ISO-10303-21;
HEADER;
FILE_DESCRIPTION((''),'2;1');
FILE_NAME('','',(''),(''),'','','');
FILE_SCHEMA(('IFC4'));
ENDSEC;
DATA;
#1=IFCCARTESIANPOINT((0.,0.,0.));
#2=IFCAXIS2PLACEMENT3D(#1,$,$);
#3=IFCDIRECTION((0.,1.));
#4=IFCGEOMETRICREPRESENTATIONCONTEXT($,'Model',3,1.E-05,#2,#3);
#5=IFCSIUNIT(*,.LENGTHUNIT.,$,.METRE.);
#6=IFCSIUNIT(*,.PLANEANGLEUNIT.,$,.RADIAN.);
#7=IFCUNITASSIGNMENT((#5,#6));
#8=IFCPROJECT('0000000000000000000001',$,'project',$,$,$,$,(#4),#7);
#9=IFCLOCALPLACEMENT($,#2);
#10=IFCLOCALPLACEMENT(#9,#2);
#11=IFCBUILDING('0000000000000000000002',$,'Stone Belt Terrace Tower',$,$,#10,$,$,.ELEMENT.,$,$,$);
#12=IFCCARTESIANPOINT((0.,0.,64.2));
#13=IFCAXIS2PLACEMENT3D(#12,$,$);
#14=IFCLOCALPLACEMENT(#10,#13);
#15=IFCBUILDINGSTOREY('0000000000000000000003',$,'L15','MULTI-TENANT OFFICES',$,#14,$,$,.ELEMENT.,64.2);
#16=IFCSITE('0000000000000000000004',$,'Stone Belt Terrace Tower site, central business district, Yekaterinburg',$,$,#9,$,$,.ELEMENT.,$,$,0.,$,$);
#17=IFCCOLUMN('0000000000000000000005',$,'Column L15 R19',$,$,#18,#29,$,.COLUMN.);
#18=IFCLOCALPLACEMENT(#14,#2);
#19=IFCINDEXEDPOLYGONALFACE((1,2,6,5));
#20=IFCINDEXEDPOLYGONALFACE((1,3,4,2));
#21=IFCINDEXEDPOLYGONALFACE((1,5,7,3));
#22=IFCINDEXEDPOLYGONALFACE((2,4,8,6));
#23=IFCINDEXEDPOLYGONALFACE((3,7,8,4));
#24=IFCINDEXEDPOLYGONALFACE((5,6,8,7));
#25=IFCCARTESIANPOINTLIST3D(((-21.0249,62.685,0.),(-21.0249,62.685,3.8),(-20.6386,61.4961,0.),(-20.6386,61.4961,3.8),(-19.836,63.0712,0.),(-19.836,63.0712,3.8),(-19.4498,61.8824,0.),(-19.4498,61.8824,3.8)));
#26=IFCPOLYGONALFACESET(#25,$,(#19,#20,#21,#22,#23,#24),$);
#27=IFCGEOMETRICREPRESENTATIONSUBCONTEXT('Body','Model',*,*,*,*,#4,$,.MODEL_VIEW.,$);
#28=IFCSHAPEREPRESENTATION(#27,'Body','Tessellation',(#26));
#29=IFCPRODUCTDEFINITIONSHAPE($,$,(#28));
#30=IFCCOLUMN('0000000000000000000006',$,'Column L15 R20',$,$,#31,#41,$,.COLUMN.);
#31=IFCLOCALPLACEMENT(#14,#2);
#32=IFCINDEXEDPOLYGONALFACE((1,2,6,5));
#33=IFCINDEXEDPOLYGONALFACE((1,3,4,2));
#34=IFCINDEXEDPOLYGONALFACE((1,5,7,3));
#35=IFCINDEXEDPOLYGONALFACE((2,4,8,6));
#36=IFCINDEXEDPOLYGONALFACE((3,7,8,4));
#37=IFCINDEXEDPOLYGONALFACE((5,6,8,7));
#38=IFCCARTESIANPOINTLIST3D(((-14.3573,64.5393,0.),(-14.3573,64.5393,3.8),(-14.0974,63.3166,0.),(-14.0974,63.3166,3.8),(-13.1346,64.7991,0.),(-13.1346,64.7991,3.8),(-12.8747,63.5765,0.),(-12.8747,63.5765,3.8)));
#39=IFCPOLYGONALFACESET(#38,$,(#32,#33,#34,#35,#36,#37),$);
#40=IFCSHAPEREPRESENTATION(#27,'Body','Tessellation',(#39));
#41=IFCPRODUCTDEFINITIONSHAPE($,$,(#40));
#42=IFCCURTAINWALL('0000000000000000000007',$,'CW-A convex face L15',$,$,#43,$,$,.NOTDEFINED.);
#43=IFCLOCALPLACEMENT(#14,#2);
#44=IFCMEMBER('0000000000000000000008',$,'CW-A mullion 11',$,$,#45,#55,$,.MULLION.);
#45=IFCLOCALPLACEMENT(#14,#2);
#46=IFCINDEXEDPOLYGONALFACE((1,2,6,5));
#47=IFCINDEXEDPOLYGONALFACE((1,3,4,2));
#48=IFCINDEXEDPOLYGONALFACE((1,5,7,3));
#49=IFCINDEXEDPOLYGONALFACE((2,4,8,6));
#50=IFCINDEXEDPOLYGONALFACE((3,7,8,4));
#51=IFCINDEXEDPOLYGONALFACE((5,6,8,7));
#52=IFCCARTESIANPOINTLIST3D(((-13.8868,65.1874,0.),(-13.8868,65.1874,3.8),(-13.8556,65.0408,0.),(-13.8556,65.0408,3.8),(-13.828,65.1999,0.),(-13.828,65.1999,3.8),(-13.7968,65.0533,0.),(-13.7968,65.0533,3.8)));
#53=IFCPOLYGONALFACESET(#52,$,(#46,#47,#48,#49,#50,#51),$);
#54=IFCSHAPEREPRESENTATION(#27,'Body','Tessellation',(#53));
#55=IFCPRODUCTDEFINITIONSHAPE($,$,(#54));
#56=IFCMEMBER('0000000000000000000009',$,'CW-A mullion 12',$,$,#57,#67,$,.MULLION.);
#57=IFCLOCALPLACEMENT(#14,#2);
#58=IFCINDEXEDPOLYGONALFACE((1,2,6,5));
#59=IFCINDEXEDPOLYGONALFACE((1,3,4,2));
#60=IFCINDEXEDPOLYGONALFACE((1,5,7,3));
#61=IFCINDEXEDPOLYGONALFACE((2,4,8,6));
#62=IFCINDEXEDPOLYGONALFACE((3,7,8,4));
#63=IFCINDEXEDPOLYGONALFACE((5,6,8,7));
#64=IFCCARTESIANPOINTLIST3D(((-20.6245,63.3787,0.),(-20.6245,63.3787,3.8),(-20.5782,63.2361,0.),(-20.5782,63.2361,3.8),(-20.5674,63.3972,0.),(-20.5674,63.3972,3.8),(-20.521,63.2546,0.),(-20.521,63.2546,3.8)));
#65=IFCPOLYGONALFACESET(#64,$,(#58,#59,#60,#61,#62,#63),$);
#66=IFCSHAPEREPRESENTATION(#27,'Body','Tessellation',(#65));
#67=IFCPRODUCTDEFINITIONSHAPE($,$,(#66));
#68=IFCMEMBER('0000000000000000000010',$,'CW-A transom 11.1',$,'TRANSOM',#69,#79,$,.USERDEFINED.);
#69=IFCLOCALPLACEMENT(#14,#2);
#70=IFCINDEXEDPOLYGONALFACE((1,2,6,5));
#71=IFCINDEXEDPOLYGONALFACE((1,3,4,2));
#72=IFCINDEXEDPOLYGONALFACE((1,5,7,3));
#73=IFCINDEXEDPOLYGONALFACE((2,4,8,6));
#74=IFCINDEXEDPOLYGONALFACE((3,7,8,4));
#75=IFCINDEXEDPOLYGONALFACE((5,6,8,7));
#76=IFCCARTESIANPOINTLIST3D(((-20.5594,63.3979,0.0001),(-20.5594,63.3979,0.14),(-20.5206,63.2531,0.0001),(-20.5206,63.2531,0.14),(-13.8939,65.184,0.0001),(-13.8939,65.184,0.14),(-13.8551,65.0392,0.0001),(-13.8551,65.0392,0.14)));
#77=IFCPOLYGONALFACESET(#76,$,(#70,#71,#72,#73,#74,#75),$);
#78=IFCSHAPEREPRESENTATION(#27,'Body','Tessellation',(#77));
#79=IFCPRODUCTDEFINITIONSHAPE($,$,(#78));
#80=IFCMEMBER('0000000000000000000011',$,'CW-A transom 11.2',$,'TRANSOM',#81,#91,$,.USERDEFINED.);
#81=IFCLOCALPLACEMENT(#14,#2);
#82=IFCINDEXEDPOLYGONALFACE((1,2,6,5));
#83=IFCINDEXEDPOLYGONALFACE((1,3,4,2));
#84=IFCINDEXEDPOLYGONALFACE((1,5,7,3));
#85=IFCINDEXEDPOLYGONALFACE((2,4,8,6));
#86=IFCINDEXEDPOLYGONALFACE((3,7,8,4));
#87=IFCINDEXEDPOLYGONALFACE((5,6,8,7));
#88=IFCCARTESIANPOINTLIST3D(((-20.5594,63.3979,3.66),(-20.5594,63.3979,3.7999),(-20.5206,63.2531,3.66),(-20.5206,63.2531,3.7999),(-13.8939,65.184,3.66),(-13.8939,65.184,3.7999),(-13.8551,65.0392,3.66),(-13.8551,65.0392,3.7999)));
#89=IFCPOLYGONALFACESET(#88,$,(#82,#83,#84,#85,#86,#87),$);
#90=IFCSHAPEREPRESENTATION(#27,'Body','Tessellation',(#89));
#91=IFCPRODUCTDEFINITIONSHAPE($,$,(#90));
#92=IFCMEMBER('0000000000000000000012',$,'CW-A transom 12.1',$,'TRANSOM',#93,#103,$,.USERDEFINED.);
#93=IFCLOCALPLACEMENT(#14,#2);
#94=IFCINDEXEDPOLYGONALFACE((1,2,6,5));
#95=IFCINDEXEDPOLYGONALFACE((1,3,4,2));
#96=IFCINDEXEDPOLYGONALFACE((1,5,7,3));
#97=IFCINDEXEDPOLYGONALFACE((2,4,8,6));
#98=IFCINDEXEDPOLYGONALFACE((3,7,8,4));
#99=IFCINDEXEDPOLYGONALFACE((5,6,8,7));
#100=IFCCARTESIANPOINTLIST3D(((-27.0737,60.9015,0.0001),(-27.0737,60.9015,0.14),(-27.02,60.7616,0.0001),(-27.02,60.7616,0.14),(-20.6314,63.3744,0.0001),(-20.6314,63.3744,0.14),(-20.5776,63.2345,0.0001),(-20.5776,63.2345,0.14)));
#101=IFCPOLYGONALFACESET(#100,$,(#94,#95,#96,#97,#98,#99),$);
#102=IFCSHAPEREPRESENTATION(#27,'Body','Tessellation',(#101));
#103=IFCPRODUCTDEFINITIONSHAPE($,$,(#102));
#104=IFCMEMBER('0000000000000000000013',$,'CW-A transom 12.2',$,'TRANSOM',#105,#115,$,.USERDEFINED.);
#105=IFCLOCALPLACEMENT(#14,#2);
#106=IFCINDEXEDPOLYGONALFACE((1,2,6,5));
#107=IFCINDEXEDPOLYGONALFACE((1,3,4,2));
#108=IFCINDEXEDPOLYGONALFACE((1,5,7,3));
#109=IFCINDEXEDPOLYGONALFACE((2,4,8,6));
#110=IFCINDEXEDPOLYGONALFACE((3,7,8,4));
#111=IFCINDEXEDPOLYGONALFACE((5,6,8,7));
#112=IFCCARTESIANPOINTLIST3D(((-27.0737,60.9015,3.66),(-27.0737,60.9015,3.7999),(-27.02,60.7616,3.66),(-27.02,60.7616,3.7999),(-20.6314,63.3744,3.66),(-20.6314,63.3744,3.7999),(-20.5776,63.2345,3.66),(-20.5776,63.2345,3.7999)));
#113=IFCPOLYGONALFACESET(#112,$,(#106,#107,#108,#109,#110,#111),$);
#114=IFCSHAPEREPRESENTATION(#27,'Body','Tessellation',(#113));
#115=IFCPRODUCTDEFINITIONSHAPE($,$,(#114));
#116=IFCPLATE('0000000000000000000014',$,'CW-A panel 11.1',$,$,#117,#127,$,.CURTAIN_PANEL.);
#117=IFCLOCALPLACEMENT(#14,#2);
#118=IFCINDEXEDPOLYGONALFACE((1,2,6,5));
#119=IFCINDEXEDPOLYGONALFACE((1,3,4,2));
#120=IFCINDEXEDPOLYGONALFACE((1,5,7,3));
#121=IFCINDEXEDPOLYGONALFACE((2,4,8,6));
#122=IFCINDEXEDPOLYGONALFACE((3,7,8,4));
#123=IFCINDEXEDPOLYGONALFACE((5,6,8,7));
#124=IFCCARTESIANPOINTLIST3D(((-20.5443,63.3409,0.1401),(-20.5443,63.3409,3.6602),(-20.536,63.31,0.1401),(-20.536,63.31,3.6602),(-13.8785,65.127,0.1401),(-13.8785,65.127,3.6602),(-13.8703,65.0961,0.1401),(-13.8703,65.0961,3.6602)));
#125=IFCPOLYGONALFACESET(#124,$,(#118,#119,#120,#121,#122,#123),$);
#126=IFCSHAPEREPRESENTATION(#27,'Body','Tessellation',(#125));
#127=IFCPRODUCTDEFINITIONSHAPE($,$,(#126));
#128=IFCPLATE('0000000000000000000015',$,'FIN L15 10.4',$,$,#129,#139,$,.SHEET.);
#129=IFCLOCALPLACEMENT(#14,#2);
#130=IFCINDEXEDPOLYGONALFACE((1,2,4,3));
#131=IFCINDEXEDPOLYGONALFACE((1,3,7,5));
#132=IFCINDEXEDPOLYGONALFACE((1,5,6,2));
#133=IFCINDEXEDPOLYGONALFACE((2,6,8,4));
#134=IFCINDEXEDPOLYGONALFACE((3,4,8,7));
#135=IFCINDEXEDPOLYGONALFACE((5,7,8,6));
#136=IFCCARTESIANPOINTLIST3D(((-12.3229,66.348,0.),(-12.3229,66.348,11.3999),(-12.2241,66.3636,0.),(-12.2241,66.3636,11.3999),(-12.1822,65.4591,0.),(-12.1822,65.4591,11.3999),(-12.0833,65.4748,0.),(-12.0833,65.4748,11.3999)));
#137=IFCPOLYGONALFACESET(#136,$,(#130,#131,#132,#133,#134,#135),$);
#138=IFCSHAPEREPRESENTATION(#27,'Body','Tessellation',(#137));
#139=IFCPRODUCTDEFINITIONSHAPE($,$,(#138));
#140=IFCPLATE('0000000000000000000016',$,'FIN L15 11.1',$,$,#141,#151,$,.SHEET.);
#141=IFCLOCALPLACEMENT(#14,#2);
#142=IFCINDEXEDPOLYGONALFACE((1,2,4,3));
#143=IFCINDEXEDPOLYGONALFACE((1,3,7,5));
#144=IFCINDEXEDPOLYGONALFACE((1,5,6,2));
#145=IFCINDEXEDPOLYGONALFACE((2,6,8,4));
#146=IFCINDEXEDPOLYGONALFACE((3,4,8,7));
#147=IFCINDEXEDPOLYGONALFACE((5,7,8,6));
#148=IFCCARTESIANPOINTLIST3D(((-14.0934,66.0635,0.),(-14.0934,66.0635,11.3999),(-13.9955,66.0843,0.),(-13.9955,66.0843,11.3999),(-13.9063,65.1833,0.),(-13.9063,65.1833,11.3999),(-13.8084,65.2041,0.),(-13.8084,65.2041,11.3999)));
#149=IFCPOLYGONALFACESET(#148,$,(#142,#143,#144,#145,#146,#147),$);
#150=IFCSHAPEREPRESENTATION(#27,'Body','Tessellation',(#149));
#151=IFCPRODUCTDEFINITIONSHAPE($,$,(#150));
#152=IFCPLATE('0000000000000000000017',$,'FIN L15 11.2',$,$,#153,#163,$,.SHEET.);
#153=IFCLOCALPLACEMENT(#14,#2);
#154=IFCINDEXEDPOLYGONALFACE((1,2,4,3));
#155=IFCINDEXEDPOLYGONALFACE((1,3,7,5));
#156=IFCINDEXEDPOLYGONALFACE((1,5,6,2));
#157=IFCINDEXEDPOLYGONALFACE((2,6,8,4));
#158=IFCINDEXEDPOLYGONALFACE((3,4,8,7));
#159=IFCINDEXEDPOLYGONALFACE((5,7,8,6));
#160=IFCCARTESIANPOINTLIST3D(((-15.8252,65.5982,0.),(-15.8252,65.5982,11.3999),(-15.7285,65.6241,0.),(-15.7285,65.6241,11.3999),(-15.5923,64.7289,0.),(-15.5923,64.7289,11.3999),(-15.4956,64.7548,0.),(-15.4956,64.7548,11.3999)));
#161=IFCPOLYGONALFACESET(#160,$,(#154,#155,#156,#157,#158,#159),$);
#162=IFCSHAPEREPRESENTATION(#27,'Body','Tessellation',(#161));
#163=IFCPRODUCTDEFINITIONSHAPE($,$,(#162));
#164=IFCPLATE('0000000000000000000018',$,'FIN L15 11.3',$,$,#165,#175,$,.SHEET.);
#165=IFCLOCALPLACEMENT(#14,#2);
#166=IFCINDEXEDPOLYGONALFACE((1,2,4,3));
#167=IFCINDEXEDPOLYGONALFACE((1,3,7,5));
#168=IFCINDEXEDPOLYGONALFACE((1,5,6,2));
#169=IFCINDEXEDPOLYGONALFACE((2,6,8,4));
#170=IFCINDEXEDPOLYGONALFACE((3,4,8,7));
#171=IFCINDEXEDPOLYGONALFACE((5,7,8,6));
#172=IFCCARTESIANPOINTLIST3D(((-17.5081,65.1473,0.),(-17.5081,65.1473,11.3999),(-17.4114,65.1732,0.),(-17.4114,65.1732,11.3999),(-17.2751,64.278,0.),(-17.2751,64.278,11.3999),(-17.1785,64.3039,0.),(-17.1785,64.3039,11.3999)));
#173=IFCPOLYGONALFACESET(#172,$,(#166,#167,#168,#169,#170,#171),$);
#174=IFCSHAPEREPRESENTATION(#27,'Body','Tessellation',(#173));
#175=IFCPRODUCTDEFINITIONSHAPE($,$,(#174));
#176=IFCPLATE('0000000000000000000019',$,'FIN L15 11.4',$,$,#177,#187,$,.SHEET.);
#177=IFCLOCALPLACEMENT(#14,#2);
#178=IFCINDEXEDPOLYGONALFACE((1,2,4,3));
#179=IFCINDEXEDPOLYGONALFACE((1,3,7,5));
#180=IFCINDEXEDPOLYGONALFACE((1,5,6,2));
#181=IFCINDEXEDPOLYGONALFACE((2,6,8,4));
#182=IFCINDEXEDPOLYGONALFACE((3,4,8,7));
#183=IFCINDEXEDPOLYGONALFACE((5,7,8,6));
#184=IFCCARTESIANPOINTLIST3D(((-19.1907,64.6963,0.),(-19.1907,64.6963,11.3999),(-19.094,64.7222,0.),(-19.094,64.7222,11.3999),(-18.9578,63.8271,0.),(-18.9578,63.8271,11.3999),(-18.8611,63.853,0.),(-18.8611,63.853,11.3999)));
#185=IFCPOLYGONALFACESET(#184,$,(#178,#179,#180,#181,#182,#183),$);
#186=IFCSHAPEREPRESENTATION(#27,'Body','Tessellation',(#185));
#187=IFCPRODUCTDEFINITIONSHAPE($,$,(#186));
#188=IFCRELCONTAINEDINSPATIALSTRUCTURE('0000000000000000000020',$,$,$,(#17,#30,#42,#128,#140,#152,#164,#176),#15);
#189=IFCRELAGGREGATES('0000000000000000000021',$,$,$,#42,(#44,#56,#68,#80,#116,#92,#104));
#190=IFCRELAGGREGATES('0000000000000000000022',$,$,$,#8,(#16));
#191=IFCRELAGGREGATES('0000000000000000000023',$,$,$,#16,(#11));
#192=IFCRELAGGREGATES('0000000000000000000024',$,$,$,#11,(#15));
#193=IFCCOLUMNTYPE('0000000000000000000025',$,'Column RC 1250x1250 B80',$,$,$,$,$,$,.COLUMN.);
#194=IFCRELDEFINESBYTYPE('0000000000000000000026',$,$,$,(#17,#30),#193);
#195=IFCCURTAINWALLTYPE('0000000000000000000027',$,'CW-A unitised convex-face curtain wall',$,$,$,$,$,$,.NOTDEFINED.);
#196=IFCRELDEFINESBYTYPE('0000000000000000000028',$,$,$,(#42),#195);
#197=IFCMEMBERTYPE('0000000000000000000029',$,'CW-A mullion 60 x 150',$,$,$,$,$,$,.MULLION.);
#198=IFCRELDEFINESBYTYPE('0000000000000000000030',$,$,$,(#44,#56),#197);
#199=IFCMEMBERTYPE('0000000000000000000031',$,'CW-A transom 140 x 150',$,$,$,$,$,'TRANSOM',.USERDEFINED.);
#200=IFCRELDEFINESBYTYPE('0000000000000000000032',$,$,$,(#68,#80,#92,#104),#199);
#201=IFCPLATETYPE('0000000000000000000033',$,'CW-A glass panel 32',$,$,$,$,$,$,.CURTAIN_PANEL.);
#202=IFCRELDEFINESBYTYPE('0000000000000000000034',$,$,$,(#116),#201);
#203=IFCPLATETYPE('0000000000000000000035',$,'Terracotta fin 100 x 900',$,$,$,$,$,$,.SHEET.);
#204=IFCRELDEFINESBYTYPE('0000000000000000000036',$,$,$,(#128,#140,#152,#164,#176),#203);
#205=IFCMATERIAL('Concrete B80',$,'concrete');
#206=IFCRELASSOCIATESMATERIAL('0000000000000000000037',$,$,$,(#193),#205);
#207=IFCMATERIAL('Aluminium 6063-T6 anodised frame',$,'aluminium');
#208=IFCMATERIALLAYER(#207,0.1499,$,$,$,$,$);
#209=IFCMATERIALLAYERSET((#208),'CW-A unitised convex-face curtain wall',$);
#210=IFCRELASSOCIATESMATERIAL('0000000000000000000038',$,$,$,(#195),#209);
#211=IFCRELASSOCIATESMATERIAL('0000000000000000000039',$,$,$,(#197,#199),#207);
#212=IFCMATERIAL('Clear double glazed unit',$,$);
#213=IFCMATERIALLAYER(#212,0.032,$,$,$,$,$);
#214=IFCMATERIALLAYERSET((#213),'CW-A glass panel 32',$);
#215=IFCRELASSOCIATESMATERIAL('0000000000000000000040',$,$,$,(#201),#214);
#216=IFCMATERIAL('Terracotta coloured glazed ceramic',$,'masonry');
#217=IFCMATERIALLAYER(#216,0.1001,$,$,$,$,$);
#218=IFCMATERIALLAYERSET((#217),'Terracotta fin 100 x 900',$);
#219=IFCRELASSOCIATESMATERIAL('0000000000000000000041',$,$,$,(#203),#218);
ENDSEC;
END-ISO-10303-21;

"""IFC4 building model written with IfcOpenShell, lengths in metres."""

from ifc_helpers import new_model, si_unit, direction, frame, origin, origin_2d, place, context, subcontext, project, spatial, rectangle, extrude, material, layer, layer_set, material_profile, profile_set, type_object, element, aggregate, save


model = new_model("IFC4")

# Units and contexts
model_context = context("Model", 3, precision=1e-05, world=origin(), true_north=direction((0.0, 1.0)))
body_context = subcontext(model_context, "Body", "Model", "MODEL_VIEW")
ifc_project = project(units=[si_unit("LENGTHUNIT", "METRE"), si_unit("PLANEANGLEUNIT", "RADIAN")], contexts=[model_context])

# Site, building, storey
site_placement = place(None, origin())
site = spatial("IfcSite", under=ifc_project, at=site_placement, Name="Stone Belt Terrace Tower site, central business district, Yekaterinburg", CompositionType="ELEMENT", RefElevation=0.0)
building_placement = place(site_placement, origin())
building = spatial("IfcBuilding", under=site, at=building_placement, Name="Stone Belt Terrace Tower", CompositionType="ELEMENT")
storey_placement = place(building_placement, frame((0.0, 0.0, 64.2)))
storey = spatial("IfcBuildingStorey", under=building, at=storey_placement, Name="L15", Description="MULTI-TENANT OFFICES", CompositionType="ELEMENT", Elevation=64.2)

# Columns
ifc_material_1 = material(Name="Concrete B80", Category="concrete")
ifc_material_profile_1 = material_profile(ifc_material_1, rectangle(XDim=1.25, YDim=1.25, at=origin_2d()), Name="RC 1250x1250")
ifc_profile_set_1 = profile_set([ifc_material_profile_1], Name="Concrete B80")
column_type = type_object("IfcColumnType", Name="Column RC 1250x1250 B80", PredefinedType="COLUMN", material=ifc_profile_set_1)
for number, where, z_axis, x_axis, name in (
    (1, (-20.2373, 62.2837, 0.0), (0.0, 0.0, 1.0), (0.951057, 0.309017, 0.0), "Column L15 R19"),
    (2, (-13.616, 64.0579, 0.0), (0.0, 0.0, 1.0), (0.978148, 0.207912, 0.0), "Column L15 R20"),
):
    element("IfcColumn", number, at=place(storey_placement, frame(where, z_axis=z_axis, x_axis=x_axis)), inside=storey, type_object=column_type, Name=name, PredefinedType="COLUMN", context=body_context, shape_type="SweptSolid", body=[
        extrude(rectangle(XDim=1.25, YDim=1.25, at=origin_2d()), origin(), (0.0, 0.0, 1.0), 3.8),
    ])

# Curtain wall, members, plate
ifc_material_2 = material(Name="Aluminium 6063-T6 anodised frame", Category="aluminium")
ifc_layer_1 = layer(ifc_material_2, 0.1499)
ifc_layer_set_1 = layer_set([ifc_layer_1], Name="CW-A unitised convex-face curtain wall")
curtain_wall_type = type_object("IfcCurtainWallType", Name="CW-A unitised convex-face curtain wall", PredefinedType="NOTDEFINED", material=ifc_layer_set_1)
curtain_wall_placement = place(storey_placement, origin())
curtain_wall = element("IfcCurtainWall", 3, at=curtain_wall_placement, inside=storey, type_object=curtain_wall_type, Name="CW-A convex face L15", PredefinedType="NOTDEFINED")
ifc_material_profile_2 = material_profile(ifc_material_2, rectangle(XDim=0.1499, YDim=0.0601, at=origin_2d()), Name="Aluminium 6063-T6 60x150")
ifc_profile_set_2 = profile_set([ifc_material_profile_2], Name="Aluminium 6063-T6 anodised frame")
member_type_1 = type_object("IfcMemberType", Name="CW-A mullion 60 x 150", PredefinedType="MULLION", material=ifc_profile_set_2)
member_1_placement = place(storey_placement, frame((-13.8418, 65.1204, 0.0), z_axis=(0.0, 0.0, 1.0), x_axis=(0.207912, -0.978148, 0.0)))
member_1 = element("IfcMember", 4, at=member_1_placement, type_object=member_type_1, Name="CW-A mullion 11", PredefinedType="MULLION", context=body_context, shape_type="SweptSolid", body=[
    extrude(rectangle(XDim=0.1499, YDim=0.0601, at=origin_2d()), origin(), (0.0, 0.0, 1.0), 3.8),
])
member_2_placement = place(storey_placement, frame((-20.5728, 63.3167, 0.0), z_axis=(0.0, 0.0, 1.0), x_axis=(0.309017, -0.951057, 0.0)))
member_2 = element("IfcMember", 5, at=member_2_placement, type_object=member_type_1, Name="CW-A mullion 12", PredefinedType="MULLION", context=body_context, shape_type="SweptSolid", body=[
    extrude(rectangle(XDim=0.1499, YDim=0.0601, at=origin_2d()), origin(), (0.0, 0.0, 1.0), 3.8),
])
ifc_material_profile_3 = material_profile(ifc_material_2, rectangle(XDim=0.1499, YDim=0.1399, at=origin_2d()), Name="Aluminium 6063-T6 150x140")
ifc_profile_set_3 = profile_set([ifc_material_profile_3], Name="Aluminium 6063-T6 anodised frame")
member_type_2 = type_object("IfcMemberType", Name="CW-A transom 140 x 150", ElementType="TRANSOM", PredefinedType="USERDEFINED", material=ifc_profile_set_3)
member_3_placement = place(storey_placement, frame((-13.8745, 65.1116, 0.0701), z_axis=(-0.965922, -0.258834, 0.0), x_axis=(0.258834, -0.965922, 0.0)))
member_3 = element("IfcMember", 6, at=member_3_placement, type_object=member_type_2, Name="CW-A transom 11.1", ObjectType="TRANSOM", PredefinedType="USERDEFINED", context=body_context, shape_type="SweptSolid", body=[
    extrude(rectangle(XDim=0.1499, YDim=0.1399, at=origin_2d()), origin(), (0.0, 0.0, 1.0), 6.9006),
])
member_4_placement = place(storey_placement, frame((-13.8745, 65.1116, 3.73), z_axis=(-0.965922, -0.258834, 0.0), x_axis=(0.258834, -0.965922, 0.0)))
member_4 = element("IfcMember", 7, at=member_4_placement, type_object=member_type_2, Name="CW-A transom 11.2", ObjectType="TRANSOM", PredefinedType="USERDEFINED", context=body_context, shape_type="SweptSolid", body=[
    extrude(rectangle(XDim=0.1499, YDim=0.1399, at=origin_2d()), origin(), (0.0, 0.0, 1.0), 6.9006),
])
member_5_placement = place(storey_placement, frame((-20.6045, 63.3044, 0.0701), z_axis=(-0.933585, -0.358355, 0.0), x_axis=(0.358355, -0.933585, 0.0)))
member_5 = element("IfcMember", 8, at=member_5_placement, type_object=member_type_2, Name="CW-A transom 12.1", ObjectType="TRANSOM", PredefinedType="USERDEFINED", context=body_context, shape_type="SweptSolid", body=[
    extrude(rectangle(XDim=0.1499, YDim=0.1399, at=origin_2d()), origin(), (0.0, 0.0, 1.0), 6.9006),
])
member_6_placement = place(storey_placement, frame((-20.6045, 63.3044, 3.73), z_axis=(-0.933585, -0.358355, 0.0), x_axis=(0.358355, -0.933585, 0.0)))
member_6 = element("IfcMember", 9, at=member_6_placement, type_object=member_type_2, Name="CW-A transom 12.2", ObjectType="TRANSOM", PredefinedType="USERDEFINED", context=body_context, shape_type="SweptSolid", body=[
    extrude(rectangle(XDim=0.1499, YDim=0.1399, at=origin_2d()), origin(), (0.0, 0.0, 1.0), 6.9006),
])
ifc_material_3 = material(Name="Clear double glazed unit")
ifc_layer_2 = layer(ifc_material_3, 0.032)
ifc_layer_set_2 = layer_set([ifc_layer_2], Name="CW-A glass panel 32")
plate_type_1 = type_object("IfcPlateType", Name="CW-A glass panel 32", PredefinedType="CURTAIN_PANEL", material=ifc_layer_set_2)
plate_placement = place(storey_placement, frame((-17.2073, 64.2185, 0.1401), z_axis=(0.0, 0.0, 1.0), x_axis=(-0.965926, -0.258819, 0.0)))
plate = element("IfcPlate", 10, at=plate_placement, type_object=plate_type_1, Name="CW-A panel 11.1", PredefinedType="CURTAIN_PANEL", context=body_context, shape_type="SweptSolid", body=[
    extrude(rectangle(XDim=6.9009, YDim=0.032, at=origin_2d()), origin(), (0.0, 0.0, 1.0), 3.52),
])
aggregate(curtain_wall, [member_1, member_2, member_3, member_4, plate, member_5, member_6])

# Plates
ifc_material_4 = material(Name="Terracotta coloured glazed ceramic", Category="masonry")
ifc_layer_3 = layer(ifc_material_4, 0.1001)
ifc_layer_set_3 = layer_set([ifc_layer_3], Name="Terracotta fin 100 x 900")
plate_type_2 = type_object("IfcPlateType", Name="Terracotta fin 100 x 900", PredefinedType="SHEET", material=ifc_layer_set_3)
for number, where, z_axis, x_axis, name in (
    (11, (-12.2031, 65.9114, 0.0), (0.0, 0.0, 1.0), (-0.156434, 0.987688, 0.0), "FIN L15 10.4"),
    (12, (-13.9509, 65.6338, 0.0), (0.0, 0.0, 1.0), (-0.207912, 0.978148, 0.0), "FIN L15 11.1"),
    (13, (-15.6604, 65.1765, 0.0), (0.0, 0.0, 1.0), (-0.258819, 0.965926, 0.0), "FIN L15 11.2"),
    (14, (-17.3433, 64.7256, 0.0), (0.0, 0.0, 1.0), (-0.258819, 0.965926, 0.0), "FIN L15 11.3"),
    (15, (-19.0259, 64.2747, 0.0), (0.0, 0.0, 1.0), (-0.258819, 0.965926, 0.0), "FIN L15 11.4"),
):
    element("IfcPlate", number, at=place(storey_placement, frame(where, z_axis=z_axis, x_axis=x_axis)), inside=storey, type_object=plate_type_2, Name=name, PredefinedType="SHEET", context=body_context, shape_type="SweptSolid", body=[
        extrude(rectangle(XDim=0.8999, YDim=0.1001, at=origin_2d()), origin(), (0.0, 0.0, 1.0), 11.3999),
    ])

save(model, "model.ifc")
